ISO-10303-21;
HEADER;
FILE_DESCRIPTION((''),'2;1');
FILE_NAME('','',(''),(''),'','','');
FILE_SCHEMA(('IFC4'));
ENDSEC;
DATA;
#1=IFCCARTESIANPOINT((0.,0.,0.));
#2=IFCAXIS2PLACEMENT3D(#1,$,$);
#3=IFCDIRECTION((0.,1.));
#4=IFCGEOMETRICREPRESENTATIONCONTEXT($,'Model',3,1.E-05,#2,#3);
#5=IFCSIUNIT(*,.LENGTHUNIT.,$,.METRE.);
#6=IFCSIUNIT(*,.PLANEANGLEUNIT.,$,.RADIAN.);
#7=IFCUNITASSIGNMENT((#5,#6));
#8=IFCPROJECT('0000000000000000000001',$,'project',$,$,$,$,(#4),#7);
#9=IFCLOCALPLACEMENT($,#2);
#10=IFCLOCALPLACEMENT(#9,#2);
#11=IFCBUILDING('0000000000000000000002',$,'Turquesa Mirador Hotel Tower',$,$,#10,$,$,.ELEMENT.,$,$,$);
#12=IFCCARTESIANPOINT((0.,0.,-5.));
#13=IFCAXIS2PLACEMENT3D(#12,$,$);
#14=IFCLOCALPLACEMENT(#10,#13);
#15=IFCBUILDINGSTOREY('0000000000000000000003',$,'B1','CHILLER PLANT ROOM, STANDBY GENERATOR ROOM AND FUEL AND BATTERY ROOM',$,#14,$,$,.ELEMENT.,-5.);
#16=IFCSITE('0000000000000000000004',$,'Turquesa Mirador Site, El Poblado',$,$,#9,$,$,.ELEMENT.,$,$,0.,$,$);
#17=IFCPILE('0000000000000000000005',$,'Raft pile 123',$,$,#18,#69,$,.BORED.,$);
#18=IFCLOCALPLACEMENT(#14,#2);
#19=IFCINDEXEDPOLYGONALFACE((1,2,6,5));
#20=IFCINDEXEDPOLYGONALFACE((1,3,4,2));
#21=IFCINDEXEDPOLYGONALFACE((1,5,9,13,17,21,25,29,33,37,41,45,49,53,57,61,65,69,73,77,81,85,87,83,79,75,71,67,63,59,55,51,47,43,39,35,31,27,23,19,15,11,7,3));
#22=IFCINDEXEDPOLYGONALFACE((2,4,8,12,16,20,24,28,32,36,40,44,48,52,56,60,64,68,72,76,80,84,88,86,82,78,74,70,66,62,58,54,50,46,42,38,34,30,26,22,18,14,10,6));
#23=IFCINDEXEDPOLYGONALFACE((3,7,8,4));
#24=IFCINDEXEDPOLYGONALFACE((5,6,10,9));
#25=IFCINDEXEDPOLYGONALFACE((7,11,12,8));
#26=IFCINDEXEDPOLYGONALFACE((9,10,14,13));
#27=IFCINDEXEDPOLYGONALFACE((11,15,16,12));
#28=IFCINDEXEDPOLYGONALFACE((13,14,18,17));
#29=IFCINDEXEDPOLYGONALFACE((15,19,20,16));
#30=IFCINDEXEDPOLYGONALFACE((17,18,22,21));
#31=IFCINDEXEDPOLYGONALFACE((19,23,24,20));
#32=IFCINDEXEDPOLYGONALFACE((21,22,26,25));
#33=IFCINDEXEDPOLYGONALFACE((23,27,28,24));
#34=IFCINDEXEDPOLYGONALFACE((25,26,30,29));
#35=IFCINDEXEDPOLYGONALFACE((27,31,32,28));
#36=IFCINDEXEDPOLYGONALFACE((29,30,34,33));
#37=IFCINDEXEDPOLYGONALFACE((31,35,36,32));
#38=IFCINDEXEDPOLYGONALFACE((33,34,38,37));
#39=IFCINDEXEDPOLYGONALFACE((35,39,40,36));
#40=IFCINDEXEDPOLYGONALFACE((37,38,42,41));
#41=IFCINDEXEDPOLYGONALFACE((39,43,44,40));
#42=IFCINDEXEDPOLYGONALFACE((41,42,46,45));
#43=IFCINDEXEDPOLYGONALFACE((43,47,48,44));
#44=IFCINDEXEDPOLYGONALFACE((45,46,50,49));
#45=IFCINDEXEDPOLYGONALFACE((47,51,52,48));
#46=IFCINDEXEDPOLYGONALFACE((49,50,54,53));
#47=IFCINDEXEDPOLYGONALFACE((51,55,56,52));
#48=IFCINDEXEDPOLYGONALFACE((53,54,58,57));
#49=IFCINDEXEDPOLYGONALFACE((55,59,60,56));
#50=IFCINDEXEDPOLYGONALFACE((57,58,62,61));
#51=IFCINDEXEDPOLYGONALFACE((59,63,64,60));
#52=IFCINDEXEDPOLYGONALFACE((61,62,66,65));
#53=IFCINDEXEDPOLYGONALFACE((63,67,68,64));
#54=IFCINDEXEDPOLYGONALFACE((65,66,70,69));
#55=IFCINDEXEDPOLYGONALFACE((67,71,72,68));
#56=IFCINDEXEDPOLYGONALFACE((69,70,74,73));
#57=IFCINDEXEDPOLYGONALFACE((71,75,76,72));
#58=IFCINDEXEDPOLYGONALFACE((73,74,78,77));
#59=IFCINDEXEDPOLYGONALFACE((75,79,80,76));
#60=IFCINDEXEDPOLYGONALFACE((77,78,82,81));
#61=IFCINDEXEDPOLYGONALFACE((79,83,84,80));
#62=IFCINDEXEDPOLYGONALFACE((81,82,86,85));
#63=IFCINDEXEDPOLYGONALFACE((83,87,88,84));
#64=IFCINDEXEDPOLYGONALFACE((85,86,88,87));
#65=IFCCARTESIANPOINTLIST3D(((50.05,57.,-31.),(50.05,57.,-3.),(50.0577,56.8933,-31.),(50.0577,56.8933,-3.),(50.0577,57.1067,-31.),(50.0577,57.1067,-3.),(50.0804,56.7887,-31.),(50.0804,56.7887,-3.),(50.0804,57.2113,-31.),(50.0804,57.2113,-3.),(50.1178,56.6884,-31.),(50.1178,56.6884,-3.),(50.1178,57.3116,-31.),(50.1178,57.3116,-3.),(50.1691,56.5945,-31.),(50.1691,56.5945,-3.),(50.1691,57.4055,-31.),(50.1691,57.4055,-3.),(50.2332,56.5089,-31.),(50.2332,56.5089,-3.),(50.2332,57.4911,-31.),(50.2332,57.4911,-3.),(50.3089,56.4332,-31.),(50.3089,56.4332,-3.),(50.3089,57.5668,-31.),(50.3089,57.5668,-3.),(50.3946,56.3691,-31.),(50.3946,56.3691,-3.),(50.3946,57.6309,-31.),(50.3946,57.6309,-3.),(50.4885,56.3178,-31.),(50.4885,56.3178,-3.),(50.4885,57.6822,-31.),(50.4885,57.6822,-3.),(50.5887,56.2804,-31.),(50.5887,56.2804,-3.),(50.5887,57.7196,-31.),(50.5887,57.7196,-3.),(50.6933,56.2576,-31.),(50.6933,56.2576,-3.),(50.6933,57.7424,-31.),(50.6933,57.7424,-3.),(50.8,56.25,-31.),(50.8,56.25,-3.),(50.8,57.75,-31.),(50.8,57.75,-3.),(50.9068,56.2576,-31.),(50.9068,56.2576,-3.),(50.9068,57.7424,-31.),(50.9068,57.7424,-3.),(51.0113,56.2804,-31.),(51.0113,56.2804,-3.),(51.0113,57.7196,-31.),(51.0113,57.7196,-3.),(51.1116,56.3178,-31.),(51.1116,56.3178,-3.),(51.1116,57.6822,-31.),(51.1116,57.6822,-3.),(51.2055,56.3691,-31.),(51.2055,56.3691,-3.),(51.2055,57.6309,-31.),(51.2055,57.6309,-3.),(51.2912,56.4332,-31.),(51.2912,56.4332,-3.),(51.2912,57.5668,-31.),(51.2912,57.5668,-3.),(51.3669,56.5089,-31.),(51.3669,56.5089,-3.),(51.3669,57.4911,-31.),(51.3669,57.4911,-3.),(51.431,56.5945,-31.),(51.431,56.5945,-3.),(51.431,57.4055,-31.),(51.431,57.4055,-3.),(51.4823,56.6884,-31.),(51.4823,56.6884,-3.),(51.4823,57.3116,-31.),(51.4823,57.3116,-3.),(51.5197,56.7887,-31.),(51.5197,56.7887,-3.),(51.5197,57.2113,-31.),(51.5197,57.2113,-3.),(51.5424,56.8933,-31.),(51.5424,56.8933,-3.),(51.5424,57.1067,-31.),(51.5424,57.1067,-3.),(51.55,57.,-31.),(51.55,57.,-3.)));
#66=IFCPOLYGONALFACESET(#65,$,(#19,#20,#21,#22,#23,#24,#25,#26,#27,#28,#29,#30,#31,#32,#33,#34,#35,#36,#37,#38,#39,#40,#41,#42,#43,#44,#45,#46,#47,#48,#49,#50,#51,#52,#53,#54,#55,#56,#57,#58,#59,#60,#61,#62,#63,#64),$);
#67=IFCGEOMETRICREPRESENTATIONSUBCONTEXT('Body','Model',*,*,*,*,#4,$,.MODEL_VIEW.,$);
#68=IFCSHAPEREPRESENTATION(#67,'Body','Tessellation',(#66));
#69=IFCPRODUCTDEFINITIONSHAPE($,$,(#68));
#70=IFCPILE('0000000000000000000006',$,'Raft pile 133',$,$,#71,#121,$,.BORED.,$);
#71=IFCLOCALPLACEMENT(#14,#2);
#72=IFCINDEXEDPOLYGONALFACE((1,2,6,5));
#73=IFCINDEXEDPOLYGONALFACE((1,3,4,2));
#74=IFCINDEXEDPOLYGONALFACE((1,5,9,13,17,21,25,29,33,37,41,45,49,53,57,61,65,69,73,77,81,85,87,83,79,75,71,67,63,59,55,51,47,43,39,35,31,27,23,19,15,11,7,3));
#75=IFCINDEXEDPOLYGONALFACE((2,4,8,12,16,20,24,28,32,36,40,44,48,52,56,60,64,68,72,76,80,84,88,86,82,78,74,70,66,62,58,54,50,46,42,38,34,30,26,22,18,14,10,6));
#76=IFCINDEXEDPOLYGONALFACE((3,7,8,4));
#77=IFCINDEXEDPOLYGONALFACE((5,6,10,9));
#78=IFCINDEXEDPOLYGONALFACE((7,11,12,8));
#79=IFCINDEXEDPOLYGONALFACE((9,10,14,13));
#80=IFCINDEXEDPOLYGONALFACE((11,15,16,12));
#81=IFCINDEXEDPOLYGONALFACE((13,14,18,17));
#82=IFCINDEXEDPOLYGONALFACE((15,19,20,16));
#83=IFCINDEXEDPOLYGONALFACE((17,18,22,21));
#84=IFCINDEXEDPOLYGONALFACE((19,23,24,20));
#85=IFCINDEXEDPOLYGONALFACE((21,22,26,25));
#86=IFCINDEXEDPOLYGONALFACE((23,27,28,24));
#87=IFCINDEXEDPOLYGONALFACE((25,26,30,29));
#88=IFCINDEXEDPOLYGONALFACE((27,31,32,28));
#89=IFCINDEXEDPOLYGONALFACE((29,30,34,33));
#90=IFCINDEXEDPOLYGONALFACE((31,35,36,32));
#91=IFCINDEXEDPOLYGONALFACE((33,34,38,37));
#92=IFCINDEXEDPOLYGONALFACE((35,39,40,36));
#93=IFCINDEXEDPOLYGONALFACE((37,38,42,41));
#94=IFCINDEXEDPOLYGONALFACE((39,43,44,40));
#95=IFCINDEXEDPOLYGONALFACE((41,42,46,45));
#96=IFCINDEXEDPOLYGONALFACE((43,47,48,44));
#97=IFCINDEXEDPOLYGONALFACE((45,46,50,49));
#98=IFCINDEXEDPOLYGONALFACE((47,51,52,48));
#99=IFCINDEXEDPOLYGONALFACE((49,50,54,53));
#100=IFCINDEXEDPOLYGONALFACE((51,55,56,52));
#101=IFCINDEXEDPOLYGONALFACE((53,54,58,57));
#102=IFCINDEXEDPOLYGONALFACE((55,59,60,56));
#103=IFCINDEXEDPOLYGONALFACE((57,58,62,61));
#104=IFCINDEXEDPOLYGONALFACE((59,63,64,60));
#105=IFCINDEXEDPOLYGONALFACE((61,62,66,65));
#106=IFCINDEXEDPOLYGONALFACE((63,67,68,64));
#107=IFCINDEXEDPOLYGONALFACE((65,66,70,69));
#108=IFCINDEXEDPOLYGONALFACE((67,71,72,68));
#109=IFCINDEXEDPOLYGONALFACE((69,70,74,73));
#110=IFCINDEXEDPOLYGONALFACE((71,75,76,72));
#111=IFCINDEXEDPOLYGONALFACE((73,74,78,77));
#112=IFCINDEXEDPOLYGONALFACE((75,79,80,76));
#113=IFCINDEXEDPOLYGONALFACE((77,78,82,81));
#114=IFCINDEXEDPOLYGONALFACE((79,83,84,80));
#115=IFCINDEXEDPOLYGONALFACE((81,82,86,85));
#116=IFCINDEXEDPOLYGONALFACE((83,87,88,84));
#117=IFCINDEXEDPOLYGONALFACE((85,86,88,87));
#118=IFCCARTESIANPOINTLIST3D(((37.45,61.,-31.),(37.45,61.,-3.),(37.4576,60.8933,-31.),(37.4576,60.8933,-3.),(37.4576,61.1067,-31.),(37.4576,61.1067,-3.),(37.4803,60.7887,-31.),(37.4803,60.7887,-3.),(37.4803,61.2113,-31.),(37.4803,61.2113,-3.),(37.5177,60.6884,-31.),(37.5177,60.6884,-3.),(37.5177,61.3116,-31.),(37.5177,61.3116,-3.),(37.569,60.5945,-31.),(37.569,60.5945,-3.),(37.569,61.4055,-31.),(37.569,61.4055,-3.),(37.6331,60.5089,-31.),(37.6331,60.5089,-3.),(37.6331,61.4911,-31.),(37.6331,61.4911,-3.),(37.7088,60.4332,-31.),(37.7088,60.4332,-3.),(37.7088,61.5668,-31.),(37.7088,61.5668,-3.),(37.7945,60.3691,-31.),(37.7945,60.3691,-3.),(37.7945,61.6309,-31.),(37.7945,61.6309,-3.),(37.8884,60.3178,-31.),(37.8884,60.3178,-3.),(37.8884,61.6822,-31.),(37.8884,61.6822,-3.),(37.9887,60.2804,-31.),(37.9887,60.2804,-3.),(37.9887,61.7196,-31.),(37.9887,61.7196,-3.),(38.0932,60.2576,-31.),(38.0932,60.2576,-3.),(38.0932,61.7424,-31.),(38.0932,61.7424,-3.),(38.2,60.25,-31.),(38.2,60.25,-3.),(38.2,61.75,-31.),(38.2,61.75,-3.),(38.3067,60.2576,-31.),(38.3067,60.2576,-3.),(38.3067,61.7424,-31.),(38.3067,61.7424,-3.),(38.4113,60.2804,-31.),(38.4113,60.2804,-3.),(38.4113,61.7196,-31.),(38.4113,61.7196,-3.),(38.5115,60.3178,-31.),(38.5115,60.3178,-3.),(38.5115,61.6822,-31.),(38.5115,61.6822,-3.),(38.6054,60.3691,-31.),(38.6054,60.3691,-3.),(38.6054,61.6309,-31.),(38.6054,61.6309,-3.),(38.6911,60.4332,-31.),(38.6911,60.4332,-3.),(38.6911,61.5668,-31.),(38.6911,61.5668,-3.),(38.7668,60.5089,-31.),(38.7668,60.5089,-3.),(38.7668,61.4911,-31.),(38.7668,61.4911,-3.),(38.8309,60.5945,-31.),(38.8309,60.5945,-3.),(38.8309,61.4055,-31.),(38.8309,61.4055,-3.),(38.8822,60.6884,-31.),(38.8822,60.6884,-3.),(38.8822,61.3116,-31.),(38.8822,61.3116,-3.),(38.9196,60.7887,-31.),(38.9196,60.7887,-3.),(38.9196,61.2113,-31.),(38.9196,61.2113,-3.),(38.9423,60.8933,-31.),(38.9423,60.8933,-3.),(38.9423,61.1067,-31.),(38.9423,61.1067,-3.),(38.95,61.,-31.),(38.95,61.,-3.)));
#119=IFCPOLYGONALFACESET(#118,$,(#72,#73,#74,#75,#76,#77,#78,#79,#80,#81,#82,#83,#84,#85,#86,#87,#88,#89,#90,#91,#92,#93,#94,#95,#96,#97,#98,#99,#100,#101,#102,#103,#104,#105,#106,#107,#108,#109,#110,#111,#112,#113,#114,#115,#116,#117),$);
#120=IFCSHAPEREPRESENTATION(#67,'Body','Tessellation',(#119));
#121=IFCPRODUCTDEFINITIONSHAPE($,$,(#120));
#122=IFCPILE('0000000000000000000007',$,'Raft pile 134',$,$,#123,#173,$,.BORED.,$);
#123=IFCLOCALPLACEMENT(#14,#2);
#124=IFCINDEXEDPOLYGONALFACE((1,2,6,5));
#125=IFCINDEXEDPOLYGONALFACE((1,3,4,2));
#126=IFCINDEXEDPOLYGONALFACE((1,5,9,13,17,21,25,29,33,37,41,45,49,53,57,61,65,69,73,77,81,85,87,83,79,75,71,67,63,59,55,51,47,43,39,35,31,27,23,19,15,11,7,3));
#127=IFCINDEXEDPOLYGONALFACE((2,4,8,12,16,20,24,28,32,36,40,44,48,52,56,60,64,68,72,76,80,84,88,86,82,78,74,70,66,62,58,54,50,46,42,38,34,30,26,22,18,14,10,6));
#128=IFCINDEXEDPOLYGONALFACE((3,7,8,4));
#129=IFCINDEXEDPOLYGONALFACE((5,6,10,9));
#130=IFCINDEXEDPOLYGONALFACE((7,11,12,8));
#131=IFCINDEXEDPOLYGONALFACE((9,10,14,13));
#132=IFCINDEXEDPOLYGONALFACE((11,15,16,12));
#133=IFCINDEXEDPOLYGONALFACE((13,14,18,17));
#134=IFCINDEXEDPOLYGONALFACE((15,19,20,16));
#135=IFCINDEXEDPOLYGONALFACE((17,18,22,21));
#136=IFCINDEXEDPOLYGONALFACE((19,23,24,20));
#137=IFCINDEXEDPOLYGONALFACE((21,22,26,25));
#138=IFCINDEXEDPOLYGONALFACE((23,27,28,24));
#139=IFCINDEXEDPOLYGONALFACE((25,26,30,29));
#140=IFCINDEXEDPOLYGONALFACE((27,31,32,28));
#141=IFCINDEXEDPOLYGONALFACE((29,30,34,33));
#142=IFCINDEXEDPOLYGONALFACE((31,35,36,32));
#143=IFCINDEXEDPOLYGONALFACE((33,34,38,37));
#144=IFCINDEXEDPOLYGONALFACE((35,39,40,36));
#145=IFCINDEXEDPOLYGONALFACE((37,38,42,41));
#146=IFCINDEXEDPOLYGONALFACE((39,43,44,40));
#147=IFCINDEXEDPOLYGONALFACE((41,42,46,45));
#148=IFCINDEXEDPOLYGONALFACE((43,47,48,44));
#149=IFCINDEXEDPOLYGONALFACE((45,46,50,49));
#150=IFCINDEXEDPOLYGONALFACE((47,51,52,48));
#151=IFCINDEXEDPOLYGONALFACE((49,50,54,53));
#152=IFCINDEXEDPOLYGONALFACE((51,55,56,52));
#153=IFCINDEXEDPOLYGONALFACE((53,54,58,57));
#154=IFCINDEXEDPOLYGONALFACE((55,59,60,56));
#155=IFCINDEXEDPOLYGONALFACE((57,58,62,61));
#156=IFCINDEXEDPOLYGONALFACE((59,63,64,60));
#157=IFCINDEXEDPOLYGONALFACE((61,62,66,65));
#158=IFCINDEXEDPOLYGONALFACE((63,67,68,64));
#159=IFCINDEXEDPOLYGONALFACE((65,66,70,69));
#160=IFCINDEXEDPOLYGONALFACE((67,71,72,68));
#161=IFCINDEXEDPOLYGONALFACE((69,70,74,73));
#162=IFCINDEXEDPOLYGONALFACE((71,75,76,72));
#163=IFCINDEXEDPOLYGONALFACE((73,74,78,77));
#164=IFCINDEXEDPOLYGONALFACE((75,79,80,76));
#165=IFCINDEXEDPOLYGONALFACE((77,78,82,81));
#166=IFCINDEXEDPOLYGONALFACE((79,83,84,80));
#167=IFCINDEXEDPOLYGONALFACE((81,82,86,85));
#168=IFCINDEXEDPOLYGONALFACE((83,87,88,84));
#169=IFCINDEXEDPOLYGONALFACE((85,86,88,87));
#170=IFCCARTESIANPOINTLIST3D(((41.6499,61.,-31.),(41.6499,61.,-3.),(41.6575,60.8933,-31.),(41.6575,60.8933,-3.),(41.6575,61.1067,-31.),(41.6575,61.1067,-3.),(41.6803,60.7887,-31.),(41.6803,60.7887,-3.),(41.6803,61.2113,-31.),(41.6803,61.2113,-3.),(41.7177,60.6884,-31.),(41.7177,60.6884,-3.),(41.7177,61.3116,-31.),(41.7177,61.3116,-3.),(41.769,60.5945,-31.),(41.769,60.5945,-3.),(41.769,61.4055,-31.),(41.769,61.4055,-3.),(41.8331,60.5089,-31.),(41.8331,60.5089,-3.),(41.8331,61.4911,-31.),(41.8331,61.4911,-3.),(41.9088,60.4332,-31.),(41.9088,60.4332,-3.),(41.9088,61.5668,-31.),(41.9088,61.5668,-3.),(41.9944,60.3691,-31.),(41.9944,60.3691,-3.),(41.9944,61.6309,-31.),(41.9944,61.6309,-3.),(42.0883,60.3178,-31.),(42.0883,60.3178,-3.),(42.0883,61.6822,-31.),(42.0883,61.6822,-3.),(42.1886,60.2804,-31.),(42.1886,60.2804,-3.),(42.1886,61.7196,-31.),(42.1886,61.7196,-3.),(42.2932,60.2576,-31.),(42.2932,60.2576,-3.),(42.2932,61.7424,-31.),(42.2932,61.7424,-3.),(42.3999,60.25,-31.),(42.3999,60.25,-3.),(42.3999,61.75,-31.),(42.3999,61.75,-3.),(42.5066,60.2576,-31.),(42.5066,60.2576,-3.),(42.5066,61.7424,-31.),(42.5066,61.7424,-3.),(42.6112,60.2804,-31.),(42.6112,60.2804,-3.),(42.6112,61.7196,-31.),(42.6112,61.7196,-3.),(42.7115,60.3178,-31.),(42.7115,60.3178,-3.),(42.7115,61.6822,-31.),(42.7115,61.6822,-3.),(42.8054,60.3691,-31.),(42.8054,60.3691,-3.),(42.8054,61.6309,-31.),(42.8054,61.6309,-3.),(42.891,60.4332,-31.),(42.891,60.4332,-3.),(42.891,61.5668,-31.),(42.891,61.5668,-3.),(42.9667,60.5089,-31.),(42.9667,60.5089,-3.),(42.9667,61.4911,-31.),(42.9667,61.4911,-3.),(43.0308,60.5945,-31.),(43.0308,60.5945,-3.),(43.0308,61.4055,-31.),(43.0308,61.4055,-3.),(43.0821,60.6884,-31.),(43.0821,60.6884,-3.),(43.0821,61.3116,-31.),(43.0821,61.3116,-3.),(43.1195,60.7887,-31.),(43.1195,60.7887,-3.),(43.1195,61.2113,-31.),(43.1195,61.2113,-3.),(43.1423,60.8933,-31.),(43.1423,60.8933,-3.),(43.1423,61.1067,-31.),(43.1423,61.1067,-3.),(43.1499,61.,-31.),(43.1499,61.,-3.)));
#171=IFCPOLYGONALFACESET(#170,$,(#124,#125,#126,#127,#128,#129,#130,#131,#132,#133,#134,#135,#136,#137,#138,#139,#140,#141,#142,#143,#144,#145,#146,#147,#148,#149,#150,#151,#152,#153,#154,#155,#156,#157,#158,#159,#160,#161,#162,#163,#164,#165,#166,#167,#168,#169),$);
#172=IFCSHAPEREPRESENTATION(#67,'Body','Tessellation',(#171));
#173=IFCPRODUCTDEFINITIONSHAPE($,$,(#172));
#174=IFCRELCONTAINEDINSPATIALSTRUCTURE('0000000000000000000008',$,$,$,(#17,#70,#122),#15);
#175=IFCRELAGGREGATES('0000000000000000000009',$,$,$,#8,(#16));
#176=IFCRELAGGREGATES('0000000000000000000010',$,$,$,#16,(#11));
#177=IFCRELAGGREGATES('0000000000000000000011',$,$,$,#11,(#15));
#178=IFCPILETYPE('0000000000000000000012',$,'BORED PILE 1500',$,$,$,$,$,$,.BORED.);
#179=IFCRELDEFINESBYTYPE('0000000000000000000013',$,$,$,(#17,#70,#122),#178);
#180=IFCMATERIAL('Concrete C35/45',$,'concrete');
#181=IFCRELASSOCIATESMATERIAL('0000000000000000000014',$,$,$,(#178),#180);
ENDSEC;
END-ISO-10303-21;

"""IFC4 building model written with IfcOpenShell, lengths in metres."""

from ifc_helpers import new_model, si_unit, direction, frame, origin, origin_2d, place, context, subcontext, project, spatial, circle, extrude, material, type_object, element, save


model = new_model("IFC4")

# Units and contexts
model_context = context("Model", 3, precision=1e-05, world=origin(), true_north=direction((0.0, 1.0)))
body_context = subcontext(model_context, "Body", "Model", "MODEL_VIEW")
ifc_project = project(units=[si_unit("LENGTHUNIT", "METRE"), si_unit("PLANEANGLEUNIT", "RADIAN")], contexts=[model_context])

# Site, building, storey
site_placement = place(None, origin())
site = spatial("IfcSite", under=ifc_project, at=site_placement, Name="Turquesa Mirador Site, El Poblado", CompositionType="ELEMENT", RefElevation=0.0)
building_placement = place(site_placement, origin())
building = spatial("IfcBuilding", under=site, at=building_placement, Name="Turquesa Mirador Hotel Tower", CompositionType="ELEMENT")
storey_placement = place(building_placement, frame((0.0, 0.0, -5.0)))
storey = spatial("IfcBuildingStorey", under=building, at=storey_placement, Name="B1", Description="CHILLER PLANT ROOM, STANDBY GENERATOR ROOM AND FUEL AND BATTERY ROOM", CompositionType="ELEMENT", Elevation=-5.0)

# Piles
ifc_material_1 = material(Name="Concrete C35/45", Category="concrete")
pile_type = type_object("IfcPileType", Name="BORED PILE 1500", PredefinedType="BORED", material=ifc_material_1)
for number, where, z_axis, x_axis, name in (
    (1, (50.8, 57.0, -3.0), (0.0, 0.0, -1.0), (1.0, 0.0, 0.0), "Raft pile 123"),
    (2, (38.2, 61.0, -3.0), (0.0, 0.0, -1.0), (1.0, 0.0, 0.0), "Raft pile 133"),
    (3, (42.3999, 61.0, -3.0), (0.0, 0.0, -1.0), (1.0, 0.0, 0.0), "Raft pile 134"),
):
    element("IfcPile", number, at=place(storey_placement, frame(where, z_axis=z_axis, x_axis=x_axis)), inside=storey, type_object=pile_type, Name=name, PredefinedType="BORED", context=body_context, shape_type="SweptSolid", body=[
        extrude(circle(Radius=0.75, at=origin_2d()), origin(), (0.0, 0.0, 1.0), 28.0),
    ])

save(model, "model.ifc")
